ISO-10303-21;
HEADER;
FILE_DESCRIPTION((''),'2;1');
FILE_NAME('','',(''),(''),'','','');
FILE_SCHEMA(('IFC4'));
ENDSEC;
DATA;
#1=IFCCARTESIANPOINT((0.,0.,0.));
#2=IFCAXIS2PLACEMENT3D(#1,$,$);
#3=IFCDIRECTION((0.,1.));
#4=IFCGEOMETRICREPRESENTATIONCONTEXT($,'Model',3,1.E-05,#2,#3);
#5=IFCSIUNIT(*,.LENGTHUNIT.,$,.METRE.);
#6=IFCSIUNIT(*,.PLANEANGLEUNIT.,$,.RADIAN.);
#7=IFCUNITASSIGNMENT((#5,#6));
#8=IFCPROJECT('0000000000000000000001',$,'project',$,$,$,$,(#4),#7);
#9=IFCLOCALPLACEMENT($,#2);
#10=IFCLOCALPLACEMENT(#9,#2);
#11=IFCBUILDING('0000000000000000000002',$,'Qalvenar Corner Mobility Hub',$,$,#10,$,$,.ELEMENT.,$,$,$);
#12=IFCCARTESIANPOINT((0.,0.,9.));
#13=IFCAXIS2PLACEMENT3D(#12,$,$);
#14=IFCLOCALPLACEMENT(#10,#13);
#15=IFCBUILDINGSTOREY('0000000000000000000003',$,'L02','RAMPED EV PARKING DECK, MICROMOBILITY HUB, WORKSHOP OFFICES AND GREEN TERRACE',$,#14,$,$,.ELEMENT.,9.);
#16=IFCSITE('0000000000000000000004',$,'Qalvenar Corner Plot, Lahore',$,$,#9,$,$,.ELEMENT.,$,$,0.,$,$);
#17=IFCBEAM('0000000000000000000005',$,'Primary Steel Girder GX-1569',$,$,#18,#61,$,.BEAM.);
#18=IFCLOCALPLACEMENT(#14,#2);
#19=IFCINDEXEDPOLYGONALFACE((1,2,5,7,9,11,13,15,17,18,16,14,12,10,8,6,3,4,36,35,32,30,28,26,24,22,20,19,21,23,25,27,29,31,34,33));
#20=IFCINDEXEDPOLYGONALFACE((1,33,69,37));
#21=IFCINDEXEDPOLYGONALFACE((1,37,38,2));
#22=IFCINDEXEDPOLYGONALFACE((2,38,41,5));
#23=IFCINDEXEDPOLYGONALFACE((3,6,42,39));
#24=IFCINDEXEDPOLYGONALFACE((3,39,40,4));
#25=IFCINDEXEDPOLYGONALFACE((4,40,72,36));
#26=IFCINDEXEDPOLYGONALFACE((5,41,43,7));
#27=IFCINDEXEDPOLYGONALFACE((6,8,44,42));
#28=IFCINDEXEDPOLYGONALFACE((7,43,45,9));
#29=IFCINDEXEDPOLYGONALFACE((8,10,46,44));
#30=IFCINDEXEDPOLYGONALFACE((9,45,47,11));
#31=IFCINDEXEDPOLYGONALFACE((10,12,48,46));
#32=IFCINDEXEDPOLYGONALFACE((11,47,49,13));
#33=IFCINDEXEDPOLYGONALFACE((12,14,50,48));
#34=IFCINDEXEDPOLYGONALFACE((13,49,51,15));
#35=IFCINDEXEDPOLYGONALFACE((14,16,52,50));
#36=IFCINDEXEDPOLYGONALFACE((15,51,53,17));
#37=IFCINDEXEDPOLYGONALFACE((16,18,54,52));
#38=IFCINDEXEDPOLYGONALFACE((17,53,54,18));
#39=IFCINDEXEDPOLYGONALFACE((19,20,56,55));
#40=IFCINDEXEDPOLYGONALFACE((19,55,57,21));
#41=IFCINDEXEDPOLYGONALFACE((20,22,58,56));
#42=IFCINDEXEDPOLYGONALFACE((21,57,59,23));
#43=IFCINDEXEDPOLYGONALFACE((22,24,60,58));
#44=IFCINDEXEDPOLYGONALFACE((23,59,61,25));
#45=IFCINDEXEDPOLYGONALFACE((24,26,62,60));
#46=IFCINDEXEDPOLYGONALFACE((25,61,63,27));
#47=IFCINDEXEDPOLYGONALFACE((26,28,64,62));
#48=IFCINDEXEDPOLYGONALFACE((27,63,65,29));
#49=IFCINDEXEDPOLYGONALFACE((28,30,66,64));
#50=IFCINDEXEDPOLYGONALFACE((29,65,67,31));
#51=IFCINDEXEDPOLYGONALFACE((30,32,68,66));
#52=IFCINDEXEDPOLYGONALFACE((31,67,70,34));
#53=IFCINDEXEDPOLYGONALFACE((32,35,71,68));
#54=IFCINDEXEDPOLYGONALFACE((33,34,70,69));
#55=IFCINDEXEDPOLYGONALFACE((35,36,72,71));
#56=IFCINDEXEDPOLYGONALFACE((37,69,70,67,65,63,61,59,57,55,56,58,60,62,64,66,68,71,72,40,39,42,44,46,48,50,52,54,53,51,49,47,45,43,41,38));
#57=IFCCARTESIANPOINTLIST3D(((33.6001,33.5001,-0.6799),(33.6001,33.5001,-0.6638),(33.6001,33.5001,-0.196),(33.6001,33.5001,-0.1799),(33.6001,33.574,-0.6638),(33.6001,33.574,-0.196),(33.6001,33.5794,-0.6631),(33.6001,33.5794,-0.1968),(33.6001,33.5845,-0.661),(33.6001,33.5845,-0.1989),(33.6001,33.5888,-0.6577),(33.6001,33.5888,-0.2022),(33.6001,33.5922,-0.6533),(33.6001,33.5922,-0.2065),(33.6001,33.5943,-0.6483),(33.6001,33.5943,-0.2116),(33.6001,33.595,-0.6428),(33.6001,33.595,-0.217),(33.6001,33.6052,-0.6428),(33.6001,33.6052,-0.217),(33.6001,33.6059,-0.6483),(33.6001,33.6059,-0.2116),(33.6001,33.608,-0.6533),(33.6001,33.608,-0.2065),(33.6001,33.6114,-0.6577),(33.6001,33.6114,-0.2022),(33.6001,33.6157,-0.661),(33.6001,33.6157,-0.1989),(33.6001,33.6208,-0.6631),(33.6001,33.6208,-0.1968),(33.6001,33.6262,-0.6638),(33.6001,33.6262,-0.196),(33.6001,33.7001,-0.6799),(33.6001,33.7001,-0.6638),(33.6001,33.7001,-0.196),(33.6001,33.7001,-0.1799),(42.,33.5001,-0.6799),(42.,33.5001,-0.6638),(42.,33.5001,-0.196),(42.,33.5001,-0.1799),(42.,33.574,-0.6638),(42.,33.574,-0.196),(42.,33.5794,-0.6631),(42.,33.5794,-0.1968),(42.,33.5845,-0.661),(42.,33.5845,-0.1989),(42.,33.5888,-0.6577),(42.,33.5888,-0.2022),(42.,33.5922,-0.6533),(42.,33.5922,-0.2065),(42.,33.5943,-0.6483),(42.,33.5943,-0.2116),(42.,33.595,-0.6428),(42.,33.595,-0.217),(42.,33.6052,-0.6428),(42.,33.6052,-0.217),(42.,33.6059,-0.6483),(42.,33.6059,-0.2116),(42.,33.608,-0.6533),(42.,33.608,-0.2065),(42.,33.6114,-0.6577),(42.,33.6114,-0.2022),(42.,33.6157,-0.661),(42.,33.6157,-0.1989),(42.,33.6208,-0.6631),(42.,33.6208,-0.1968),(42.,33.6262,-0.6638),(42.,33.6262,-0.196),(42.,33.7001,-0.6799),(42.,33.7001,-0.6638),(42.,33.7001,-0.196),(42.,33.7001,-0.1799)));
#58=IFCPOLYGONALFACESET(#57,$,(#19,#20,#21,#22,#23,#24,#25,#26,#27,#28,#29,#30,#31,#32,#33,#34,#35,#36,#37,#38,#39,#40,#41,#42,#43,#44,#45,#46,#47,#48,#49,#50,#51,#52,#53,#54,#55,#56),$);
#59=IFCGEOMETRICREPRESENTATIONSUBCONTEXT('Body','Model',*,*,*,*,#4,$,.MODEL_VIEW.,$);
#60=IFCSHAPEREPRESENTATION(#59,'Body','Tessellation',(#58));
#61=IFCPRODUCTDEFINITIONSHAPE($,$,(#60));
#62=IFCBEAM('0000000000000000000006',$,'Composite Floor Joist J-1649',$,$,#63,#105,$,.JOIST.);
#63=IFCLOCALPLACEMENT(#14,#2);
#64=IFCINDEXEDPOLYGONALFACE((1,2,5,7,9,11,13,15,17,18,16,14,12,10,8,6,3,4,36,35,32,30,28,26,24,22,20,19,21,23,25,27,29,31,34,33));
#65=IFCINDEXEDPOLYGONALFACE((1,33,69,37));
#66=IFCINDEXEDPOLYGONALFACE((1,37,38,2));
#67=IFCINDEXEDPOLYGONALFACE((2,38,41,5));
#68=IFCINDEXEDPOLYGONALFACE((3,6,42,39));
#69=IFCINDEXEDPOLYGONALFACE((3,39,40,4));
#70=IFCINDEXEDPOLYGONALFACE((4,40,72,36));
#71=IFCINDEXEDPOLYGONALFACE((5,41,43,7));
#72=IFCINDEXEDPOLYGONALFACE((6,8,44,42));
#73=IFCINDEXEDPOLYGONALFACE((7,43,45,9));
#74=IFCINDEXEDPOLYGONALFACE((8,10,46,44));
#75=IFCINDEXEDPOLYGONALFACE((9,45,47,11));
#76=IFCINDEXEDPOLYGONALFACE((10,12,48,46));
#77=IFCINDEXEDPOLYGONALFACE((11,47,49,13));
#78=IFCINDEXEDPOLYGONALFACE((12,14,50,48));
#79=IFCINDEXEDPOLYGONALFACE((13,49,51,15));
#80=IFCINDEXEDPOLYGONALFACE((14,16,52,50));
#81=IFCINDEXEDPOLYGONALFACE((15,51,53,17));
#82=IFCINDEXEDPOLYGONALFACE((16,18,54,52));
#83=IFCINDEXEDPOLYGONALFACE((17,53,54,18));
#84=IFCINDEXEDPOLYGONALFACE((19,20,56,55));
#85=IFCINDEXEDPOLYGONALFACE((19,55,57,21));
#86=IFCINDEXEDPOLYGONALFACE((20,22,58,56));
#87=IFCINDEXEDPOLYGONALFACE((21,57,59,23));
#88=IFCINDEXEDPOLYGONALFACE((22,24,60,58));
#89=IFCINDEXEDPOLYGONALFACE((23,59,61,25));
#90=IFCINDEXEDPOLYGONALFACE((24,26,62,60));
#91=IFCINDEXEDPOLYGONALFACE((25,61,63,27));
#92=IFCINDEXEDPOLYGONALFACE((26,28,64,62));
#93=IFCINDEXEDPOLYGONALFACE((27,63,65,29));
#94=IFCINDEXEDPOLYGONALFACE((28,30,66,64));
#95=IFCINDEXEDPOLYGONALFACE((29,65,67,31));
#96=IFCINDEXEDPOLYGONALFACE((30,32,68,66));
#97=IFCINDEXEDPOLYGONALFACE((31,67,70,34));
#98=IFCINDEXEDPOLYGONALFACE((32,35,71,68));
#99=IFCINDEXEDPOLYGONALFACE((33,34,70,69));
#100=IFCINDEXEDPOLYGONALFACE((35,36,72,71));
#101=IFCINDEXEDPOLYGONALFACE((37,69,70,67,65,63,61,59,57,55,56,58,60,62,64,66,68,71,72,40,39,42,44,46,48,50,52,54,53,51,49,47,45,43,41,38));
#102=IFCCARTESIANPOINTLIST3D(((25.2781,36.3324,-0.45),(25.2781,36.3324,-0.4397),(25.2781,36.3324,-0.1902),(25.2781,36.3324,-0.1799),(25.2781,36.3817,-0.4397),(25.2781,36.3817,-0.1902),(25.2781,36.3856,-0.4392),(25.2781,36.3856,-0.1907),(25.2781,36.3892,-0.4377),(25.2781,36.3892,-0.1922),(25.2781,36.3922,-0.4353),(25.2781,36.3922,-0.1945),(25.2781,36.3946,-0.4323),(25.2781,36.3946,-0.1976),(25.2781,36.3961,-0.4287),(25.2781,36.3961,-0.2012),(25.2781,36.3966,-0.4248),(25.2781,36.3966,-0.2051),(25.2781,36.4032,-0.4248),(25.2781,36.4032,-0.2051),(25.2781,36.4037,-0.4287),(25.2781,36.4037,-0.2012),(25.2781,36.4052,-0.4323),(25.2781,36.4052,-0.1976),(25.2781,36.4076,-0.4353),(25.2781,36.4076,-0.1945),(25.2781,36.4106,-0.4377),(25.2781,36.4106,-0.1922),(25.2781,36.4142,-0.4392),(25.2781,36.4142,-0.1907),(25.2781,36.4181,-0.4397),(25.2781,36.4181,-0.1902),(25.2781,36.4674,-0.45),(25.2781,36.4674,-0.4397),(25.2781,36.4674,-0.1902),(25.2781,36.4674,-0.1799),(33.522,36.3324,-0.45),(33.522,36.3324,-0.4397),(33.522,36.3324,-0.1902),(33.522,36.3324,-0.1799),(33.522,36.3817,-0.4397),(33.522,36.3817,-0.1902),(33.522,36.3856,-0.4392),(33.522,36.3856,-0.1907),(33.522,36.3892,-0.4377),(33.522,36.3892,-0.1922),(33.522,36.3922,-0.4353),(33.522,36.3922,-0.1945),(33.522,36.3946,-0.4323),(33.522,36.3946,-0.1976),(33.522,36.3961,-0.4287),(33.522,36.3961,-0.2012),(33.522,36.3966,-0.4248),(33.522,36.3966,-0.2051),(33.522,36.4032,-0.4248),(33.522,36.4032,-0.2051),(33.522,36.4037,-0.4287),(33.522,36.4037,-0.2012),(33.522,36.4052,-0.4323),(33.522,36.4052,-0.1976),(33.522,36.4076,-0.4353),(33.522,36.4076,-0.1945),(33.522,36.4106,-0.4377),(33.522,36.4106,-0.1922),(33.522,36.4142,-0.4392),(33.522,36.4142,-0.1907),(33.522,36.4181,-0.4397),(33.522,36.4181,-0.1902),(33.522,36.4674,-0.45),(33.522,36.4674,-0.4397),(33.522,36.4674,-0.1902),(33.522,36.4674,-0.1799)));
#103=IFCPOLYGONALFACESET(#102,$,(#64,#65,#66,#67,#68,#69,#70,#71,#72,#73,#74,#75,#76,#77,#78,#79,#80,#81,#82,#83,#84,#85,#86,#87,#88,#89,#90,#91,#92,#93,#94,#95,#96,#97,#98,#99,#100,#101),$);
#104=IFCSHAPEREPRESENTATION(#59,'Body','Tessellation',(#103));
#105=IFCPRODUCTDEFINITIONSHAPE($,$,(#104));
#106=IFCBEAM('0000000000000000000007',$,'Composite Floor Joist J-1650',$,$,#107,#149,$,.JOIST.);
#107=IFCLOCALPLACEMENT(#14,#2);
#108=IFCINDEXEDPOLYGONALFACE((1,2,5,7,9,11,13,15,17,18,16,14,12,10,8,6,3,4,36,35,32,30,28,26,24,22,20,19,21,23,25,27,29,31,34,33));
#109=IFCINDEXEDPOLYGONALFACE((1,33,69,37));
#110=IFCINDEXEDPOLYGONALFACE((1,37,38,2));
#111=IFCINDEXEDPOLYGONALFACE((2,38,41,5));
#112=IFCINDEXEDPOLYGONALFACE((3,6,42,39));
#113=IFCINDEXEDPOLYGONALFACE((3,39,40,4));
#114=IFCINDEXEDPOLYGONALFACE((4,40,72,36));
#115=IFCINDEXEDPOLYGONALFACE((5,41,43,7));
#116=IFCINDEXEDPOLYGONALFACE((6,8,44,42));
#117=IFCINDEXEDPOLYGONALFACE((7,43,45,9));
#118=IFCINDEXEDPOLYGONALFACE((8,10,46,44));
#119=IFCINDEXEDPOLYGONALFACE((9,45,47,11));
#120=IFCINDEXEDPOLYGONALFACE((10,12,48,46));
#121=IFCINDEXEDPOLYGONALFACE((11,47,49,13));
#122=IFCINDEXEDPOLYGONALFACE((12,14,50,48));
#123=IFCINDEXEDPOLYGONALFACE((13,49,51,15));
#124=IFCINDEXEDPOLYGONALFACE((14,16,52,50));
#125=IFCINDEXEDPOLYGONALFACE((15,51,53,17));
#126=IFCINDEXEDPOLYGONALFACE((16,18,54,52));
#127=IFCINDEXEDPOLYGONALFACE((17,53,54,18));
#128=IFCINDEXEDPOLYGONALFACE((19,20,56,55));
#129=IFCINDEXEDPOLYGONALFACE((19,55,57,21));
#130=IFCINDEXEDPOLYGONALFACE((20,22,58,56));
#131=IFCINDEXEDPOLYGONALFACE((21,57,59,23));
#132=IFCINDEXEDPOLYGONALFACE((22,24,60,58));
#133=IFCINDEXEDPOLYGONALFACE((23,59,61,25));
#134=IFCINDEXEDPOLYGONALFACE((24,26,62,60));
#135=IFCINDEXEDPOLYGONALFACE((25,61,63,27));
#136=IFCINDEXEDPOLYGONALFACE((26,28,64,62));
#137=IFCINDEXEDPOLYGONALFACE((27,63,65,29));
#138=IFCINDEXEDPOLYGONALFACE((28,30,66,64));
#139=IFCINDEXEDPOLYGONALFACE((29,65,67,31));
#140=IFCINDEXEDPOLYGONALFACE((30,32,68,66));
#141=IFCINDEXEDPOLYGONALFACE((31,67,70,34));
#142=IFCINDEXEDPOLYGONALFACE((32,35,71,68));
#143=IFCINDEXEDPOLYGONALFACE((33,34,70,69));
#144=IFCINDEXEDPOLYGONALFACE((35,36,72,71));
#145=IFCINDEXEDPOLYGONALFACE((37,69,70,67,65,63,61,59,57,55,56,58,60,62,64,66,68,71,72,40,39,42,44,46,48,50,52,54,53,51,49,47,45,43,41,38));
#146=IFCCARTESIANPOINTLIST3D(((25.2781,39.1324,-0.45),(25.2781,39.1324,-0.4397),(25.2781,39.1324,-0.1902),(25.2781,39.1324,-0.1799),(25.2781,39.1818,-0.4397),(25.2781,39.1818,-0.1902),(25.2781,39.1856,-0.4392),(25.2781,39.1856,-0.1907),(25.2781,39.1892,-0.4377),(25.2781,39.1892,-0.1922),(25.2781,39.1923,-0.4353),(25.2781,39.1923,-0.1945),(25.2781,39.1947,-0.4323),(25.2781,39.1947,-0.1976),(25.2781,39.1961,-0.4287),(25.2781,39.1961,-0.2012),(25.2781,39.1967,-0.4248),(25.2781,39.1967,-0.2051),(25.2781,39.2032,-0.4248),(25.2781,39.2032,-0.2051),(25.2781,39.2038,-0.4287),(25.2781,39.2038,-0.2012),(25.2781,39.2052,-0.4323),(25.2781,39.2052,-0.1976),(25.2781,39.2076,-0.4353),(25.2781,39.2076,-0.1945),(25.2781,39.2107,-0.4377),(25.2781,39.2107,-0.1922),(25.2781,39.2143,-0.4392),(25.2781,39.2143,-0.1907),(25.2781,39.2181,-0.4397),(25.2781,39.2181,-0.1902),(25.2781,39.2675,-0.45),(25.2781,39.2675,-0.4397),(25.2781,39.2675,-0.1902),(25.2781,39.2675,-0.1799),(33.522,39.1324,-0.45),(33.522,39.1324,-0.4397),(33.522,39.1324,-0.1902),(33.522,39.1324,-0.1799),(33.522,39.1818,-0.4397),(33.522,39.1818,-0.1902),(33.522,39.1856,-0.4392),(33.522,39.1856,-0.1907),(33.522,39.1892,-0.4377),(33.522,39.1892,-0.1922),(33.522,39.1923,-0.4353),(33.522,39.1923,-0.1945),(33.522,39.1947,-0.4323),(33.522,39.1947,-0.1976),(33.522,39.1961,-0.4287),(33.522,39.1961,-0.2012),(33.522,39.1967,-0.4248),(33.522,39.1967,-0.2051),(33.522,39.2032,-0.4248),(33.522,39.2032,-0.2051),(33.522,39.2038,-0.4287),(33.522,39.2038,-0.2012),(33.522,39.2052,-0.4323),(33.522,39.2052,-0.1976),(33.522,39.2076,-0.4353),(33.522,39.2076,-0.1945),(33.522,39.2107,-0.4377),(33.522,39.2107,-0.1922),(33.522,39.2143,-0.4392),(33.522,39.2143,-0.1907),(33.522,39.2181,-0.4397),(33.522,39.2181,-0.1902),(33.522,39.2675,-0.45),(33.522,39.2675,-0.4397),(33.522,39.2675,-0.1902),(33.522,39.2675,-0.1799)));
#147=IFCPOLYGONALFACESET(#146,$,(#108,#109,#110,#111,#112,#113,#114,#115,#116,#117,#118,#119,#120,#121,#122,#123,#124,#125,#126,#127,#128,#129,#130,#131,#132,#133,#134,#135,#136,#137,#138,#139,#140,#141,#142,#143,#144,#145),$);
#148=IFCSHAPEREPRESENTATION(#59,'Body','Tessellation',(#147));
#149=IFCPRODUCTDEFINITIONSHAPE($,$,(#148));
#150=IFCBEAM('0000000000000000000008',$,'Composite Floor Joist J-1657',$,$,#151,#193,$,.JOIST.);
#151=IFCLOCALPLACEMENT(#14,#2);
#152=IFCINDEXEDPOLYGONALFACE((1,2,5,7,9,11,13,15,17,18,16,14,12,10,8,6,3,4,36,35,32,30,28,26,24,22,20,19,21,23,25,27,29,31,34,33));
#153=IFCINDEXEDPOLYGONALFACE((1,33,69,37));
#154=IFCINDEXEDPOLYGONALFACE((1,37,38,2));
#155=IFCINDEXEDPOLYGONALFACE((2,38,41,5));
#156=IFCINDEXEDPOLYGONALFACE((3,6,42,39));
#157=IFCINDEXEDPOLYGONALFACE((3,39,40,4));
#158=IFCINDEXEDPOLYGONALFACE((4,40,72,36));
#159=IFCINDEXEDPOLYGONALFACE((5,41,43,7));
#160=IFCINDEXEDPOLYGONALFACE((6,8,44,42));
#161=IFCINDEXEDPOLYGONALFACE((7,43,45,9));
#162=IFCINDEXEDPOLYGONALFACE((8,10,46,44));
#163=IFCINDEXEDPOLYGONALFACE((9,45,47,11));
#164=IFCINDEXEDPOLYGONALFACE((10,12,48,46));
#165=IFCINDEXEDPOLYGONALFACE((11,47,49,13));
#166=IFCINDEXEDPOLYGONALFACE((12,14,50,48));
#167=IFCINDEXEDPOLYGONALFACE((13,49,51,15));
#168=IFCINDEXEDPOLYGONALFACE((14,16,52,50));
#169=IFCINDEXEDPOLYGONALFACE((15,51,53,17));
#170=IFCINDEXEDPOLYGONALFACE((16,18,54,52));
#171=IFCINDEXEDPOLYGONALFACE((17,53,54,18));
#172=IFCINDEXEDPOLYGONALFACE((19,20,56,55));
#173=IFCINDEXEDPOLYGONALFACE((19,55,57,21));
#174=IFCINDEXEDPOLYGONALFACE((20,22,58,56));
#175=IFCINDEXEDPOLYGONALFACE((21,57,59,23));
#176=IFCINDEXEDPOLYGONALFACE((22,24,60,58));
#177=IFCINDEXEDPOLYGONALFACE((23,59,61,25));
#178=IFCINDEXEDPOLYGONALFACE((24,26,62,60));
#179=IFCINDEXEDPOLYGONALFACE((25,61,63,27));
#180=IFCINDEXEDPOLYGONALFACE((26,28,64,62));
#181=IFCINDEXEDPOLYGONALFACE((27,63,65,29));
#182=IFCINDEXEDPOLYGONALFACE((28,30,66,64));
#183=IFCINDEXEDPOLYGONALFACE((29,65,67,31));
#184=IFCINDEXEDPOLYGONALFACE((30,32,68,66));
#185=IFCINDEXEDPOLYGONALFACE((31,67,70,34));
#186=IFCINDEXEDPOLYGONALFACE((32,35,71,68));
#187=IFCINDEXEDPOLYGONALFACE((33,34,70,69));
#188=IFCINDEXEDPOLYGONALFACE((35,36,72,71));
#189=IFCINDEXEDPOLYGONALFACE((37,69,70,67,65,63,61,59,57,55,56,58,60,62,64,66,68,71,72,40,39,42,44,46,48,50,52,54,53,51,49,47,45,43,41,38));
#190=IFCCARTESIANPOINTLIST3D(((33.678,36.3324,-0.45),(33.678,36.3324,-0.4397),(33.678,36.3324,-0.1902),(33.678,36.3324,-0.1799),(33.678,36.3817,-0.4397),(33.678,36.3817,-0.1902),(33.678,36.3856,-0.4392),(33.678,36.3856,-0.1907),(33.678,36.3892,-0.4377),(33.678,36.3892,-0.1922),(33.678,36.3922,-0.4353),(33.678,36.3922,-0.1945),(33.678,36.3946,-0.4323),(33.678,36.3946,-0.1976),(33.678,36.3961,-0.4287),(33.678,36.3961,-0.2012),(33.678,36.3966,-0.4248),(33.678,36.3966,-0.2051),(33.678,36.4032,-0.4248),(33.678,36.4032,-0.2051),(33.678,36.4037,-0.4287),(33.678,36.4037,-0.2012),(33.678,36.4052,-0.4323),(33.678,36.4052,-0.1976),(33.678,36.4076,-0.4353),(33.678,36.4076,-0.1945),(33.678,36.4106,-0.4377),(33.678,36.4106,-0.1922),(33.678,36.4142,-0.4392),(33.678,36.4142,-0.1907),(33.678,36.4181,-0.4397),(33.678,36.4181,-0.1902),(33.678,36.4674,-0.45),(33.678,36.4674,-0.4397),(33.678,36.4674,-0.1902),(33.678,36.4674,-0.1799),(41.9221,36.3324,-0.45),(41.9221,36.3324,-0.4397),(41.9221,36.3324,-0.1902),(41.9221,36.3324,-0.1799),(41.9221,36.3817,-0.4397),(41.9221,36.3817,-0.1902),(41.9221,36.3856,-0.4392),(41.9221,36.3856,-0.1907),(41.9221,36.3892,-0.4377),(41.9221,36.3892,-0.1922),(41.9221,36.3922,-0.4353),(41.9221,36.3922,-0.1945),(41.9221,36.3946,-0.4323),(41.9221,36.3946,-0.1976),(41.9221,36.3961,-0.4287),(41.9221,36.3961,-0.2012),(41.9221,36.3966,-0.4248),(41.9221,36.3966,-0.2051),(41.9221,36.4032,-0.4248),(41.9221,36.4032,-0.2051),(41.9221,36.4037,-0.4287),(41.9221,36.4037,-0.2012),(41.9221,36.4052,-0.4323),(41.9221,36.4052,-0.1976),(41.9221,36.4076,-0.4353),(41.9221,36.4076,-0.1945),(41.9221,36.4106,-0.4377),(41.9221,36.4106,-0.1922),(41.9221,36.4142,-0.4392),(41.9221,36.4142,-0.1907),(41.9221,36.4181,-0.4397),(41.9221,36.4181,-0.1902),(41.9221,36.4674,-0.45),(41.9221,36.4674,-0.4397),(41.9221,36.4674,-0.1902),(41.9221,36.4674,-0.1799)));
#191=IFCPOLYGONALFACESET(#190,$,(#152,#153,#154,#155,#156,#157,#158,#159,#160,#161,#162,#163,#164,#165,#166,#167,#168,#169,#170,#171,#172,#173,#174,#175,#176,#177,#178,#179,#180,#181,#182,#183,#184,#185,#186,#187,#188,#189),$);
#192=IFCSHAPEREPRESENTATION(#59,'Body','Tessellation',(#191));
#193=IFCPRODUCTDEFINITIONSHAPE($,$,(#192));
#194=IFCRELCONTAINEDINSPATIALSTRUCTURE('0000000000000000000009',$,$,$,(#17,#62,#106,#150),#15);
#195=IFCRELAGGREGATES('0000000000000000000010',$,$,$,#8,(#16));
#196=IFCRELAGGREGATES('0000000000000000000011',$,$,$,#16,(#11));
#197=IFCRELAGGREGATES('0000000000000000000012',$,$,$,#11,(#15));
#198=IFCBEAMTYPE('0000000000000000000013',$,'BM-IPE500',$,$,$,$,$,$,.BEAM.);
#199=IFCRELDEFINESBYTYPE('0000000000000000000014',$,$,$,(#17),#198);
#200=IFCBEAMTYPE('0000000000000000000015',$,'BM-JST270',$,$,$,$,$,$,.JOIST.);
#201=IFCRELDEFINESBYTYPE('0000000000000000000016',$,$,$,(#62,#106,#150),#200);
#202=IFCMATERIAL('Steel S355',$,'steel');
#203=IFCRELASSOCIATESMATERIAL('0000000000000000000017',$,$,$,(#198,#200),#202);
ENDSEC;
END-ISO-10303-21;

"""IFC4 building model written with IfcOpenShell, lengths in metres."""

from ifc_helpers import new_model, si_unit, direction, frame, origin, origin_2d, place, context, subcontext, project, spatial, i_section, extrude, material, material_profile, profile_set, type_object, element, save


model = new_model("IFC4")

# Units and contexts
model_context = context("Model", 3, precision=1e-05, world=origin(), true_north=direction((0.0, 1.0)))
body_context = subcontext(model_context, "Body", "Model", "MODEL_VIEW")
ifc_project = project(units=[si_unit("LENGTHUNIT", "METRE"), si_unit("PLANEANGLEUNIT", "RADIAN")], contexts=[model_context])

# Site, building, storey
site_placement = place(None, origin())
site = spatial("IfcSite", under=ifc_project, at=site_placement, Name="Qalvenar Corner Plot, Lahore", CompositionType="ELEMENT", RefElevation=0.0)
building_placement = place(site_placement, origin())
building = spatial("IfcBuilding", under=site, at=building_placement, Name="Qalvenar Corner Mobility Hub", CompositionType="ELEMENT")
storey_placement = place(building_placement, frame((0.0, 0.0, 9.0)))
storey = spatial("IfcBuildingStorey", under=building, at=storey_placement, Name="L02", Description="RAMPED EV PARKING DECK, MICROMOBILITY HUB, WORKSHOP OFFICES AND GREEN TERRACE", CompositionType="ELEMENT", Elevation=9.0)

# Shared definitions
ifc_material_1 = material(Name="Steel S355", Category="steel")

# Beams
ifc_material_profile_1 = material_profile(ifc_material_1, i_section(OverallWidth=0.2, OverallDepth=0.5, WebThickness=0.0103, FlangeThickness=0.0161, FilletRadius=0.021, at=origin_2d()), Name="IPE500")
ifc_profile_set_1 = profile_set([ifc_material_profile_1], Name="Steel S355")
beam_type_1 = type_object("IfcBeamType", Name="BM-IPE500", PredefinedType="BEAM", material=ifc_profile_set_1)
beam_1_placement = place(storey_placement, frame((33.6001, 33.6001, -0.4299), z_axis=(1.0, 0.0, 0.0), x_axis=(0.0, 1.0, 0.0)))
element("IfcBeam", 1, at=beam_1_placement, inside=storey, type_object=beam_type_1, Name="Primary Steel Girder GX-1569", PredefinedType="BEAM", context=body_context, shape_type="SweptSolid", body=[
    extrude(i_section(OverallWidth=0.2, OverallDepth=0.5, WebThickness=0.0103, FlangeThickness=0.0161, FilletRadius=0.021, at=origin_2d()), origin(), (0.0, 0.0, 1.0), 8.3999),
])
ifc_material_profile_2 = material_profile(ifc_material_1, i_section(OverallWidth=0.135, OverallDepth=0.27, WebThickness=0.0066, FlangeThickness=0.0103, FilletRadius=0.0149, at=origin_2d()), Name="IPE270")
ifc_profile_set_2 = profile_set([ifc_material_profile_2], Name="Steel S355")
beam_type_2 = type_object("IfcBeamType", Name="BM-JST270", PredefinedType="JOIST", material=ifc_profile_set_2)
for number, where, z_axis, x_axis, name in (
    (2, (25.2781, 36.3999, -0.3149), (1.0, 0.0, 0.0), (0.0, 1.0, 0.0), "Composite Floor Joist J-1649"),
    (3, (25.2781, 39.2, -0.3149), (1.0, 0.0, 0.0), (0.0, 1.0, 0.0), "Composite Floor Joist J-1650"),
):
    element("IfcBeam", number, at=place(storey_placement, frame(where, z_axis=z_axis, x_axis=x_axis)), inside=storey, type_object=beam_type_2, Name=name, PredefinedType="JOIST", context=body_context, shape_type="SweptSolid", body=[
        extrude(i_section(OverallWidth=0.135, OverallDepth=0.27, WebThickness=0.0066, FlangeThickness=0.0103, FilletRadius=0.0149, at=origin_2d()), origin(), (0.0, 0.0, 1.0), 8.2439),
    ])
for number, where, z_axis, x_axis, name in (
    (4, (33.678, 36.3999, -0.3149), (1.0, 0.0, 0.0), (0.0, 1.0, 0.0), "Composite Floor Joist J-1657"),
):
    element("IfcBeam", number, at=place(storey_placement, frame(where, z_axis=z_axis, x_axis=x_axis)), inside=storey, type_object=beam_type_2, Name=name, PredefinedType="JOIST", context=body_context, shape_type="SweptSolid", body=[
        extrude(i_section(OverallWidth=0.135, OverallDepth=0.27, WebThickness=0.0066, FlangeThickness=0.0103, FilletRadius=0.0149, at=origin_2d()), origin(), (0.0, 0.0, 1.0), 8.2441),
    ])

save(model, "model.ifc")
